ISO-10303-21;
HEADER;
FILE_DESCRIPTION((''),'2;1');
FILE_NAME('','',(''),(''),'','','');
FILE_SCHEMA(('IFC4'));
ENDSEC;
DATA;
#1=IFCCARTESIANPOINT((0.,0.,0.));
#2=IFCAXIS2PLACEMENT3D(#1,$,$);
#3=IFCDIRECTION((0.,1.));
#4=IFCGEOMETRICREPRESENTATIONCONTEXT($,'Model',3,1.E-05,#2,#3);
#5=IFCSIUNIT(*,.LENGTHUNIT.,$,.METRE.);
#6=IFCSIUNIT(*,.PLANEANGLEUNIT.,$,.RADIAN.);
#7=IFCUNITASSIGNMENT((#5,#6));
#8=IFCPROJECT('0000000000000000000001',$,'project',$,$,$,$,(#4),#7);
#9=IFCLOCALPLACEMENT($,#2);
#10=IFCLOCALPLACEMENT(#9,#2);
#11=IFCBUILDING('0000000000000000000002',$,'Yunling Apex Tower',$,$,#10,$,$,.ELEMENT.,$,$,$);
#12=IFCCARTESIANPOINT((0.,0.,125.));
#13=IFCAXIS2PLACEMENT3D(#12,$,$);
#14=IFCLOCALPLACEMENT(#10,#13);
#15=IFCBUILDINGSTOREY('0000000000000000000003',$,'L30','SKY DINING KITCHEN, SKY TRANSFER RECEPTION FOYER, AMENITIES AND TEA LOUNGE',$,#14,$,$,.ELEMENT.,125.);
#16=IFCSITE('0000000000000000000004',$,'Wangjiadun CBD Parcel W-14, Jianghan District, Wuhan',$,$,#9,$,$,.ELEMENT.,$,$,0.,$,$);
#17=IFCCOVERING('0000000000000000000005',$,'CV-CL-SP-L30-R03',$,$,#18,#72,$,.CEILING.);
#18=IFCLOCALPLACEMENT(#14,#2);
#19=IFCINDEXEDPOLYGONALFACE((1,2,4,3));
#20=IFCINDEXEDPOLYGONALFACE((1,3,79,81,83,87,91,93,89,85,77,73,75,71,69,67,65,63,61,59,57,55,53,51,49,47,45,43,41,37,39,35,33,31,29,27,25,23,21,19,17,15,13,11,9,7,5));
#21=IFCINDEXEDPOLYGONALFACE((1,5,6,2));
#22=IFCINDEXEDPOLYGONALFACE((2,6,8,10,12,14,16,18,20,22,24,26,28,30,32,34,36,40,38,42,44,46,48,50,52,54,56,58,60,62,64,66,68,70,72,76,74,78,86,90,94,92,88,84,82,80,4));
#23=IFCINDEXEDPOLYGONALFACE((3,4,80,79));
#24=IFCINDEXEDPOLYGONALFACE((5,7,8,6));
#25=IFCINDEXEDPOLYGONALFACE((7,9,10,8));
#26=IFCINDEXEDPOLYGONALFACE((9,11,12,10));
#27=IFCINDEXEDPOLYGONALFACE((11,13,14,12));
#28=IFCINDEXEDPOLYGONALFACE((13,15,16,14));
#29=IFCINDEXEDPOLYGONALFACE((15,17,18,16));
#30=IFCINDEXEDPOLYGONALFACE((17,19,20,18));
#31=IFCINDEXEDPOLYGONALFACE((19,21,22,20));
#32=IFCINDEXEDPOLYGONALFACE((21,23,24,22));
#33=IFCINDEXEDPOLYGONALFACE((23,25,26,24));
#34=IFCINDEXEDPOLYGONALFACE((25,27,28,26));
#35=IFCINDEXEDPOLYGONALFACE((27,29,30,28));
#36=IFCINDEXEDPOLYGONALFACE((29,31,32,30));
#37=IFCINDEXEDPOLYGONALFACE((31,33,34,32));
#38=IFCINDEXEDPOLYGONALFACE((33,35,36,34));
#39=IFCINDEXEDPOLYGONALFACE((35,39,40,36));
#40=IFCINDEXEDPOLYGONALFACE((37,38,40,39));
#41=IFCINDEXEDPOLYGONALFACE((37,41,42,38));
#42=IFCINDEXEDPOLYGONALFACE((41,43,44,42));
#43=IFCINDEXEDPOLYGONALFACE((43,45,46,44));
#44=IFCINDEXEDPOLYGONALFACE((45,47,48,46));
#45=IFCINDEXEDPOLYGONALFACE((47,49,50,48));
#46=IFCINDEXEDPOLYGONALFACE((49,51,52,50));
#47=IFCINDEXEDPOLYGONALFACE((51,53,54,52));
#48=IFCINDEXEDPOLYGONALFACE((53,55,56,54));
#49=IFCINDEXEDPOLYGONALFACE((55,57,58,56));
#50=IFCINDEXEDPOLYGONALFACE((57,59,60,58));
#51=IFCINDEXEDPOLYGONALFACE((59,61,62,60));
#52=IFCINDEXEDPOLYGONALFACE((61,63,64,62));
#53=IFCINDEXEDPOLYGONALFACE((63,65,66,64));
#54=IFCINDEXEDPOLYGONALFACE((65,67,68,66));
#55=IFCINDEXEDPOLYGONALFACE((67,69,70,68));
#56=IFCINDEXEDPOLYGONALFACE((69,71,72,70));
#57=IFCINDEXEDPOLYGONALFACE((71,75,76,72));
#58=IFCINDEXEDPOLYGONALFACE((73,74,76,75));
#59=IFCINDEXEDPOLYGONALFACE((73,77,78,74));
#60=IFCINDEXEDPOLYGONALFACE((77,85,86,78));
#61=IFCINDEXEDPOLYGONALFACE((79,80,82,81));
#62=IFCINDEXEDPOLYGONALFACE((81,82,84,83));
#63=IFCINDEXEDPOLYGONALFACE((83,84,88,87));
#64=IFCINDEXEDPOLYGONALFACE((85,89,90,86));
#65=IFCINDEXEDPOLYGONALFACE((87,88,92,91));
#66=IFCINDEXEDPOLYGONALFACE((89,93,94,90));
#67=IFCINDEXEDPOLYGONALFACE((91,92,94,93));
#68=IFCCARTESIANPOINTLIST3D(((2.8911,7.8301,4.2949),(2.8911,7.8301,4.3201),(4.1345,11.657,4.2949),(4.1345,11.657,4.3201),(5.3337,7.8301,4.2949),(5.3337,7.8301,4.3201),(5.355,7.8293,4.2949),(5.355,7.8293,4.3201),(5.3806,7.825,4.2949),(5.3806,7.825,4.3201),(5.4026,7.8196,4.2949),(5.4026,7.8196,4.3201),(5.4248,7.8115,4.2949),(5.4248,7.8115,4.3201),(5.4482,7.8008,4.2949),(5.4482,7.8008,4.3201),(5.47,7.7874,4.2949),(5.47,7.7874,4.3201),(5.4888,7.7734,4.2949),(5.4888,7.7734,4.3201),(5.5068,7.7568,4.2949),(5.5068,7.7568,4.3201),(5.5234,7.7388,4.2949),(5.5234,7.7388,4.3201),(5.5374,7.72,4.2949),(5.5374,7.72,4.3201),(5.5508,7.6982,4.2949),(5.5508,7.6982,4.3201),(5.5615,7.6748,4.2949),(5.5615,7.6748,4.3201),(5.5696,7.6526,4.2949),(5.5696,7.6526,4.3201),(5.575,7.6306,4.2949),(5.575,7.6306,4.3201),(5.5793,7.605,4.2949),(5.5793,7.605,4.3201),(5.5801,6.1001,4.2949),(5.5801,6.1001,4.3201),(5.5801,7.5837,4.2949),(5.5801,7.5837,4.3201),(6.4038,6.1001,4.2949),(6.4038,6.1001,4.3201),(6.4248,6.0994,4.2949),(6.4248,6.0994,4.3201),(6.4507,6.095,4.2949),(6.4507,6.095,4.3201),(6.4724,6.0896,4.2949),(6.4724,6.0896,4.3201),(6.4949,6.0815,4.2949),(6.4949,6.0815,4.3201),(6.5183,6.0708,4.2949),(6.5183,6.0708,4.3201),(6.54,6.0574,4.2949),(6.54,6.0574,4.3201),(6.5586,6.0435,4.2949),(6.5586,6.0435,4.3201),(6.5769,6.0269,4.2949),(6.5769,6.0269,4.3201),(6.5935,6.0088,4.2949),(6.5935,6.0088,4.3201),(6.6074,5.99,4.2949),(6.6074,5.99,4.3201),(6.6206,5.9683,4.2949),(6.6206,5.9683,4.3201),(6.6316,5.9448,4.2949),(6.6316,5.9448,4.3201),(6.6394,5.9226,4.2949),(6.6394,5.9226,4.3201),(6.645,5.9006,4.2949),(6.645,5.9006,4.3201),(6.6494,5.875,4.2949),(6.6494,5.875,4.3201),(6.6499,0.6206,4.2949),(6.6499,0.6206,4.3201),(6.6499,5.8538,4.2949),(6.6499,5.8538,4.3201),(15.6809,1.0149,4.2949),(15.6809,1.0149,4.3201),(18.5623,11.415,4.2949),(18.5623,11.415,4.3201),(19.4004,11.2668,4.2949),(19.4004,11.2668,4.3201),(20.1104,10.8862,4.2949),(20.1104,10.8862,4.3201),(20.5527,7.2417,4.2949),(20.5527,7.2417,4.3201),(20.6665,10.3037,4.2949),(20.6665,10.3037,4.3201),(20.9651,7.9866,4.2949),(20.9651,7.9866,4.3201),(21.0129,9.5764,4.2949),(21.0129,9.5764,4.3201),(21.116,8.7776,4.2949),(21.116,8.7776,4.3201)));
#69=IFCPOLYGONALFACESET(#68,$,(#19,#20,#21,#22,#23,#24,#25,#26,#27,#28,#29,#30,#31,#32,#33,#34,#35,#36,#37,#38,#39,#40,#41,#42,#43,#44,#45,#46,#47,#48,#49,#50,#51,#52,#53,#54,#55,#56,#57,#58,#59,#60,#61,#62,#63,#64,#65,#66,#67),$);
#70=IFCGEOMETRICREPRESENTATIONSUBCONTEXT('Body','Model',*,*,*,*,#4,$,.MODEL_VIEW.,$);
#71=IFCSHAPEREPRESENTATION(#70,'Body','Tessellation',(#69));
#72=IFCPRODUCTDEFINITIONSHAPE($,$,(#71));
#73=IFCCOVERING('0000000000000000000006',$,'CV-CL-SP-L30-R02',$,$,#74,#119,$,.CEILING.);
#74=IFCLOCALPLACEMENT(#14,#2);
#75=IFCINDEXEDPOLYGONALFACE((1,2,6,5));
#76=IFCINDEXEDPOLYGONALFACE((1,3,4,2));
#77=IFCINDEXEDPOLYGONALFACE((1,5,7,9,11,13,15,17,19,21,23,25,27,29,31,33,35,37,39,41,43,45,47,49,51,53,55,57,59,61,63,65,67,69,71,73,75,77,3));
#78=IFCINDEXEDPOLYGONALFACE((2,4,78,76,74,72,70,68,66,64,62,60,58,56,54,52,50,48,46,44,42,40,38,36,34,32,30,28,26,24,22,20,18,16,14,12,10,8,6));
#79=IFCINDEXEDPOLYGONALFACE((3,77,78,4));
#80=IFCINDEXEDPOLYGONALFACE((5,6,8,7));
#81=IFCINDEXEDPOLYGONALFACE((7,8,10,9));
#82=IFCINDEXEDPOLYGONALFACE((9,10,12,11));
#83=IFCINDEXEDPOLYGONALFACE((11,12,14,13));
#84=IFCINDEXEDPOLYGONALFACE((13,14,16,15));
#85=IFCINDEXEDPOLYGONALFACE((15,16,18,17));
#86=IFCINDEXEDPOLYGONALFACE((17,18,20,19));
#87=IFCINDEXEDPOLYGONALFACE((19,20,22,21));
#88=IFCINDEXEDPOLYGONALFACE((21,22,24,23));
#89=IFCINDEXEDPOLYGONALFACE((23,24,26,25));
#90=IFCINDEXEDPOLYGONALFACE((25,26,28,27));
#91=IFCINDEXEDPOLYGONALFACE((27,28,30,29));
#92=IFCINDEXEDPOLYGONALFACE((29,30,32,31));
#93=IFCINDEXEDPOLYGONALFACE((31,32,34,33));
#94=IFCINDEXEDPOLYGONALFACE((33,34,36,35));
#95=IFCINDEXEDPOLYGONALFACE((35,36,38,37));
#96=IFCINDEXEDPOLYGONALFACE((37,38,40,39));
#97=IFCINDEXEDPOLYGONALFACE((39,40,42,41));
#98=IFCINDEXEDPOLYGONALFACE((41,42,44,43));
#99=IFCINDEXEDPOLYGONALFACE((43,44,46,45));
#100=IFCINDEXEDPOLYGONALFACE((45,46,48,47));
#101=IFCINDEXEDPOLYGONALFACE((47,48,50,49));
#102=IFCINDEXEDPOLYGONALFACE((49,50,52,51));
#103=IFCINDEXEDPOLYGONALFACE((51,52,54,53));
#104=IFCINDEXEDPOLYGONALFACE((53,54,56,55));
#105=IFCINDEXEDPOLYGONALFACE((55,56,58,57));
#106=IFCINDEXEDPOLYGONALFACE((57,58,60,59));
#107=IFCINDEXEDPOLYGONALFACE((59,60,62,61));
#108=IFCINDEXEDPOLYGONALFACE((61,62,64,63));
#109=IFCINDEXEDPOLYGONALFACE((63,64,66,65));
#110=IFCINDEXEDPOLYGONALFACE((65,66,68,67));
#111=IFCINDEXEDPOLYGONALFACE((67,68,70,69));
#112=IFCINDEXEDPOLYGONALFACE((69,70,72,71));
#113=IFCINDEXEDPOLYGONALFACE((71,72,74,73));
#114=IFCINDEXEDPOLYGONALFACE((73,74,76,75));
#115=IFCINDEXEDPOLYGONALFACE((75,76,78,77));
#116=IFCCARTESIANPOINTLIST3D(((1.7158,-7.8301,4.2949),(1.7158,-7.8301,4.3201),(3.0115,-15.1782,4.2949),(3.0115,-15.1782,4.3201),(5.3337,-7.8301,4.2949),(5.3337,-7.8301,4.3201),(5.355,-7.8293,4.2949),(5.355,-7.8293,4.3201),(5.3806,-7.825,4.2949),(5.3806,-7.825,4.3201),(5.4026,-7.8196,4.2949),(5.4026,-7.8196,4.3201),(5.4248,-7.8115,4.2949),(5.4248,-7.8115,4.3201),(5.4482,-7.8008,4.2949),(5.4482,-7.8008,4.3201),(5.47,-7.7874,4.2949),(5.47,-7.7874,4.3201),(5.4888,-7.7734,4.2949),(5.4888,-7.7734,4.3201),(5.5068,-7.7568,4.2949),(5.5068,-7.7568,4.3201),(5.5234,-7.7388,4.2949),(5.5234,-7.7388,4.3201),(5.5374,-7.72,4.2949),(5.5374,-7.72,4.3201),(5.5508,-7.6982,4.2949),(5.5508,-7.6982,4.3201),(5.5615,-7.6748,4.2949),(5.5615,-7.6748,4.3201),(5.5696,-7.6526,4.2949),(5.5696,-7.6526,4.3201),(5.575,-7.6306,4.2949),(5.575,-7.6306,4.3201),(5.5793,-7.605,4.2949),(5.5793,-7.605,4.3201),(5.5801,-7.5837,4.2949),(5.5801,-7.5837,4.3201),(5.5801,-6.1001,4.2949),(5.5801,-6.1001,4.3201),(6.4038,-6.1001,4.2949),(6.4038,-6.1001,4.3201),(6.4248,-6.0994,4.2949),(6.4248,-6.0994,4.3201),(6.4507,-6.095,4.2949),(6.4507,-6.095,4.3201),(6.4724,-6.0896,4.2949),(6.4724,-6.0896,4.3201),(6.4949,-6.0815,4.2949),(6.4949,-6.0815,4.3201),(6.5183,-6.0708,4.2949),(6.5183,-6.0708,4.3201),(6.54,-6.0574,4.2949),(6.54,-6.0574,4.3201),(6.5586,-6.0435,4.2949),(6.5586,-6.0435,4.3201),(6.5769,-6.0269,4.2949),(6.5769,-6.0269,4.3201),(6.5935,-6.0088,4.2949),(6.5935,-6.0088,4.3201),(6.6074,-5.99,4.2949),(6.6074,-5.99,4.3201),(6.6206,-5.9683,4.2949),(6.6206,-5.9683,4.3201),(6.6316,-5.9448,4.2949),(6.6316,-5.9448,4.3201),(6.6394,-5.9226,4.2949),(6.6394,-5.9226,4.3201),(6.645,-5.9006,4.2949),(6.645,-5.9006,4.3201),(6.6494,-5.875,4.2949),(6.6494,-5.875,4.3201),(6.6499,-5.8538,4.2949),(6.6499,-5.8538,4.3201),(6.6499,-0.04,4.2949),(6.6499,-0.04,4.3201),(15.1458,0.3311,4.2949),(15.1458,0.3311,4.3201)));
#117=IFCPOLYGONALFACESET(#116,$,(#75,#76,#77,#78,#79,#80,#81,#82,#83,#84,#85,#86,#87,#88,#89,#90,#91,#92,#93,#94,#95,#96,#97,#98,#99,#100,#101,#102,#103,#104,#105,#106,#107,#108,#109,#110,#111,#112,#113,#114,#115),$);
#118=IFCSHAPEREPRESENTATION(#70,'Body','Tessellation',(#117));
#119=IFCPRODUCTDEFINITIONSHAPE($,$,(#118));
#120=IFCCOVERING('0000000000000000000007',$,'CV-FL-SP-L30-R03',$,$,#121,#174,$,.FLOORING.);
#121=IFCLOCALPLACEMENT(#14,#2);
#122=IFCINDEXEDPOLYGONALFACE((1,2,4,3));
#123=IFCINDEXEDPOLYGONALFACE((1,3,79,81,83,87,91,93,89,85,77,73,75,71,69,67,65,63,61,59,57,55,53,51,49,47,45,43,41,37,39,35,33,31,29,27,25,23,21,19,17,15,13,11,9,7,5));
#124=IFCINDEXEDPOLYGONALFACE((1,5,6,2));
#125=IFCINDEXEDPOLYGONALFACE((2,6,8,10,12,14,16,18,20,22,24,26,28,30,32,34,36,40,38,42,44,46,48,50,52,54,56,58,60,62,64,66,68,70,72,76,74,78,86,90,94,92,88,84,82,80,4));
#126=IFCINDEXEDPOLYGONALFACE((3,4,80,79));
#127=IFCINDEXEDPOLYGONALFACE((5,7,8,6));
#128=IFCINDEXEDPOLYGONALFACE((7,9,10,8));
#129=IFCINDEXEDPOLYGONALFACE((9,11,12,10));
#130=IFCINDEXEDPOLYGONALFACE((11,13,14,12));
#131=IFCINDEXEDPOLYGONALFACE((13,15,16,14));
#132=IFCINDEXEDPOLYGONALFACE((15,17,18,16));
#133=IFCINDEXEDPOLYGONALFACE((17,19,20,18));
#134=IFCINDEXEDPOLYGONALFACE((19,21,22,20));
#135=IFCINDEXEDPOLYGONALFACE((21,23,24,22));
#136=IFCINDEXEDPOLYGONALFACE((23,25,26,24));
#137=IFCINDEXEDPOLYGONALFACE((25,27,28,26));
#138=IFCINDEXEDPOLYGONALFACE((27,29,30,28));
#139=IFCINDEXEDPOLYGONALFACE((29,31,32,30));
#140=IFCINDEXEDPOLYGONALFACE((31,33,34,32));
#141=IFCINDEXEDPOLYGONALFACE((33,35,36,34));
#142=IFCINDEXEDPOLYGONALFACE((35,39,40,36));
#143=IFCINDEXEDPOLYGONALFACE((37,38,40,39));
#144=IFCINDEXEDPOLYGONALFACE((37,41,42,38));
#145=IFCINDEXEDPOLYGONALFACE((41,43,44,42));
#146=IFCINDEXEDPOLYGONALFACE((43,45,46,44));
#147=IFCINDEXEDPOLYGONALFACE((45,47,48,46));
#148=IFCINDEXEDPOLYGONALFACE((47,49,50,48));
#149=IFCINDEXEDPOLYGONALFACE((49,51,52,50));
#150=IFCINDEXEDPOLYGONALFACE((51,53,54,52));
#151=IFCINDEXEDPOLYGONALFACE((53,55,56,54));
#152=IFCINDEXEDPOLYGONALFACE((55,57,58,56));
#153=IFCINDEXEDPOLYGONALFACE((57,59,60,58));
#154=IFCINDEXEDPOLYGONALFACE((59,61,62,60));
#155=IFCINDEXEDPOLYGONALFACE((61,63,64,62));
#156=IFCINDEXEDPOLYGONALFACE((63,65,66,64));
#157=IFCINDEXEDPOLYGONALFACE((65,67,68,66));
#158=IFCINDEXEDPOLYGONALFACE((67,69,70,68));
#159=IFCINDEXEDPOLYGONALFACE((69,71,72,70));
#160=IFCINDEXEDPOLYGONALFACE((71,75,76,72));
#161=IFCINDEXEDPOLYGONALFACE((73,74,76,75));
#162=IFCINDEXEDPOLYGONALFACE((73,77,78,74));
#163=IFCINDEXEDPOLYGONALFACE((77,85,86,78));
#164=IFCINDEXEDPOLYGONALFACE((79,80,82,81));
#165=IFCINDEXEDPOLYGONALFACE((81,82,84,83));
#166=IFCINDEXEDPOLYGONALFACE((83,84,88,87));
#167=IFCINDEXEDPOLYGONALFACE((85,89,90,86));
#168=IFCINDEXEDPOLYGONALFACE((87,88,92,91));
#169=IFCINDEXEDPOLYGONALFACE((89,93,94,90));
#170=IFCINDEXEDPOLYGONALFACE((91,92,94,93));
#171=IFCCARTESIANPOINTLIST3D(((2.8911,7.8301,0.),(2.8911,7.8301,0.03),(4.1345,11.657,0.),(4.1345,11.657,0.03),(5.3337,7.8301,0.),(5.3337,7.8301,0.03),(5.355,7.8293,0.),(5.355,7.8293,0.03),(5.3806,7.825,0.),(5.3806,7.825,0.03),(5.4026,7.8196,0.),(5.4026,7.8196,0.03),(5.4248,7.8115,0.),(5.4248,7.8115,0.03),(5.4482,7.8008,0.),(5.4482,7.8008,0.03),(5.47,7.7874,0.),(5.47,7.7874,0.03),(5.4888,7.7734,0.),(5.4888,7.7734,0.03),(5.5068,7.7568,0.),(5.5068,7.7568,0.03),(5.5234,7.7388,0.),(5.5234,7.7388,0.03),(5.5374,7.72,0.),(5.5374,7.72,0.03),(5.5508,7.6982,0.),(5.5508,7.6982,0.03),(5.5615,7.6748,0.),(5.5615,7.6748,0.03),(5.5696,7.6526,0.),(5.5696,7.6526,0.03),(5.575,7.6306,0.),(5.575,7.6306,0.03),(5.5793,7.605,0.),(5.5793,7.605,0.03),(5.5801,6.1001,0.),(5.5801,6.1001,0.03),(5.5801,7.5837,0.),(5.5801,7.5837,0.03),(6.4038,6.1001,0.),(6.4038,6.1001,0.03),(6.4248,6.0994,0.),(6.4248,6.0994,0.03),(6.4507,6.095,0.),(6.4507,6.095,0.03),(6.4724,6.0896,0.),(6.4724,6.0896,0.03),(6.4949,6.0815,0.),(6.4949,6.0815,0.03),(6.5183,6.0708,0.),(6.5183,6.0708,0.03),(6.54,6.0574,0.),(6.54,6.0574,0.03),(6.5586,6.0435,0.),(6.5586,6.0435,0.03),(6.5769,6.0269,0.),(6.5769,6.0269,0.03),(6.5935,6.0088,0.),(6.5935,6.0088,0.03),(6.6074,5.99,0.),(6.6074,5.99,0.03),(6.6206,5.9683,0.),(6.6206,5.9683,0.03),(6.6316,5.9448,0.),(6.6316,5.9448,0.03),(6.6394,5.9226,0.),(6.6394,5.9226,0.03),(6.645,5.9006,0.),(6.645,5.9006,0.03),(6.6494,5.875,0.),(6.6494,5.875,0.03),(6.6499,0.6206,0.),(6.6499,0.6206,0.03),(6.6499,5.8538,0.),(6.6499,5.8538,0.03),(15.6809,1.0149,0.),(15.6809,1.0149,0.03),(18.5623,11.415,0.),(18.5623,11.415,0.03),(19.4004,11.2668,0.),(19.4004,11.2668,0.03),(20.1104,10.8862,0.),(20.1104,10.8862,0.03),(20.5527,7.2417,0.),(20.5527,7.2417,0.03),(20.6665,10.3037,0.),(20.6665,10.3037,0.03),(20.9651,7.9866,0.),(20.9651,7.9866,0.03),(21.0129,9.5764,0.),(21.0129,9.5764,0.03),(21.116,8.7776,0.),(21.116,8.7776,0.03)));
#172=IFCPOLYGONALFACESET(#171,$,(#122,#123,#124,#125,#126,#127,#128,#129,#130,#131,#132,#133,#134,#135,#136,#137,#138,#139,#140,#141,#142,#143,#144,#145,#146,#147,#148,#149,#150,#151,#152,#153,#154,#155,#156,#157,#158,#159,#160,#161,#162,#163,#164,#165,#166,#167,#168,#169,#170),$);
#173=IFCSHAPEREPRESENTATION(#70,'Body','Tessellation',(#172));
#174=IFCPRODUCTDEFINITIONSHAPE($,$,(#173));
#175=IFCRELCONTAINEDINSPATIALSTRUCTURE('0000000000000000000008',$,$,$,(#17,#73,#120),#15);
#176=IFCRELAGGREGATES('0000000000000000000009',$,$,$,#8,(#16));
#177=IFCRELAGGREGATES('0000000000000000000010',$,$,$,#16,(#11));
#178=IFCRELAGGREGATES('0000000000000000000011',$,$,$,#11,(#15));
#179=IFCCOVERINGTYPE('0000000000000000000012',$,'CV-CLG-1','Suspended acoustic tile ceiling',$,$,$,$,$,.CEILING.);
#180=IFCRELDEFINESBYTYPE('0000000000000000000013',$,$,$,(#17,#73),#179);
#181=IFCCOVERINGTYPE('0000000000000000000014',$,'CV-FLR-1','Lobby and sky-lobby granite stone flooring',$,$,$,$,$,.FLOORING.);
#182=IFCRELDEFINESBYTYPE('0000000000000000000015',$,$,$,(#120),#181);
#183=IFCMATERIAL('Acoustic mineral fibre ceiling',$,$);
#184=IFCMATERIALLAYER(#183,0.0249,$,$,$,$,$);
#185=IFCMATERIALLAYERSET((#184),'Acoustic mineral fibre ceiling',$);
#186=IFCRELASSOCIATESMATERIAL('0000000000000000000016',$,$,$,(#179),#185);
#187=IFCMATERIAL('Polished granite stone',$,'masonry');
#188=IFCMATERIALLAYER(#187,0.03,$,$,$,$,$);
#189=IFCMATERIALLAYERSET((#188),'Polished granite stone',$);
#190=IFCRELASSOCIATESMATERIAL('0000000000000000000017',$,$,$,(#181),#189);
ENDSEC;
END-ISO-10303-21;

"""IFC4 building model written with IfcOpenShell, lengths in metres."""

from ifc_helpers import new_model, si_unit, direction, frame, origin, place, context, subcontext, project, spatial, polyline, outline, extrude, material, layer, layer_set, type_object, element, save


model = new_model("IFC4")

# Units and contexts
model_context = context("Model", 3, precision=1e-05, world=origin(), true_north=direction((0.0, 1.0)))
body_context = subcontext(model_context, "Body", "Model", "MODEL_VIEW")
ifc_project = project(units=[si_unit("LENGTHUNIT", "METRE"), si_unit("PLANEANGLEUNIT", "RADIAN")], contexts=[model_context])

# Site, building, storey
site_placement = place(None, origin())
site = spatial("IfcSite", under=ifc_project, at=site_placement, Name="Wangjiadun CBD Parcel W-14, Jianghan District, Wuhan", CompositionType="ELEMENT", RefElevation=0.0)
building_placement = place(site_placement, origin())
building = spatial("IfcBuilding", under=site, at=building_placement, Name="Yunling Apex Tower", CompositionType="ELEMENT")
storey_placement = place(building_placement, frame((0.0, 0.0, 125.0)))
storey = spatial("IfcBuildingStorey", under=building, at=storey_placement, Name="L30", Description="SKY DINING KITCHEN, SKY TRANSFER RECEPTION FOYER, AMENITIES AND TEA LOUNGE", CompositionType="ELEMENT", Elevation=125.0)

# Coverings
ifc_material_1 = material(Name="Acoustic mineral fibre ceiling")
ifc_layer_1 = layer(ifc_material_1, 0.0249)
ifc_layer_set_1 = layer_set([ifc_layer_1], Name="Acoustic mineral fibre ceiling")
covering_type_1 = type_object("IfcCoveringType", Name="CV-CLG-1", Description="Suspended acoustic tile ceiling", PredefinedType="CEILING", material=ifc_layer_set_1)
covering_1_placement = place(storey_placement, frame((0.0, 0.0, 4.2949)))
element("IfcCovering", 1, at=covering_1_placement, inside=storey, type_object=covering_type_1, Name="CV-CL-SP-L30-R03", PredefinedType="CEILING", context=body_context, shape_type="SweptSolid", body=[
    extrude(outline(polyline([(4.1345, 11.657), (18.5623, 11.415), (19.4004, 11.2668), (20.1104, 10.8862), (20.6665, 10.3037), (21.0129, 9.5764), (21.116, 8.7776), (20.9651, 7.9866), (20.5527, 7.2417), (15.6809, 1.0149), (6.6499, 0.6206), (6.6499, 5.8538), (6.6494, 5.875), (6.645, 5.9006), (6.6394, 5.9226), (6.6316, 5.9448), (6.6206, 5.9683), (6.6074, 5.99), (6.5935, 6.0088), (6.5769, 6.0269), (6.5586, 6.0435), (6.54, 6.0574), (6.5183, 6.0708), (6.4949, 6.0815), (6.4724, 6.0896), (6.4507, 6.095), (6.4248, 6.0994), (6.4038, 6.1001), (5.5801, 6.1001), (5.5801, 7.5837), (5.5793, 7.605), (5.575, 7.6306), (5.5696, 7.6526), (5.5615, 7.6748), (5.5508, 7.6982), (5.5374, 7.72), (5.5234, 7.7388), (5.5068, 7.7568), (5.4888, 7.7734), (5.47, 7.7874), (5.4482, 7.8008), (5.4248, 7.8115), (5.4026, 7.8196), (5.3806, 7.825), (5.355, 7.8293), (5.3337, 7.8301), (2.8911, 7.8301), (4.1345, 11.657)])), origin(), (0.0, 0.0, 1.0), 0.0251),
])
covering_2_placement = place(storey_placement, frame((0.0, 0.0, 4.2949)))
element("IfcCovering", 2, at=covering_2_placement, inside=storey, type_object=covering_type_1, Name="CV-CL-SP-L30-R02", PredefinedType="CEILING", context=body_context, shape_type="SweptSolid", body=[
    extrude(outline(polyline([(15.1458, 0.3311), (3.0115, -15.1782), (1.7158, -7.8301), (5.3337, -7.8301), (5.355, -7.8293), (5.3806, -7.825), (5.4026, -7.8196), (5.4248, -7.8115), (5.4482, -7.8008), (5.47, -7.7874), (5.4888, -7.7734), (5.5068, -7.7568), (5.5234, -7.7388), (5.5374, -7.72), (5.5508, -7.6982), (5.5615, -7.6748), (5.5696, -7.6526), (5.575, -7.6306), (5.5793, -7.605), (5.5801, -7.5837), (5.5801, -6.1001), (6.4038, -6.1001), (6.4248, -6.0994), (6.4507, -6.095), (6.4724, -6.0896), (6.4949, -6.0815), (6.5183, -6.0708), (6.54, -6.0574), (6.5586, -6.0435), (6.5769, -6.0269), (6.5935, -6.0088), (6.6074, -5.99), (6.6206, -5.9683), (6.6316, -5.9448), (6.6394, -5.9226), (6.645, -5.9006), (6.6494, -5.875), (6.6499, -5.8538), (6.6499, -0.04), (15.1458, 0.3311)])), origin(), (0.0, 0.0, 1.0), 0.0251),
])
ifc_material_2 = material(Name="Polished granite stone", Category="masonry")
ifc_layer_2 = layer(ifc_material_2, 0.03)
ifc_layer_set_2 = layer_set([ifc_layer_2], Name="Polished granite stone")
covering_type_2 = type_object("IfcCoveringType", Name="CV-FLR-1", Description="Lobby and sky-lobby granite stone flooring", PredefinedType="FLOORING", material=ifc_layer_set_2)
covering_3_placement = place(storey_placement, origin())
element("IfcCovering", 3, at=covering_3_placement, inside=storey, type_object=covering_type_2, Name="CV-FL-SP-L30-R03", PredefinedType="FLOORING", context=body_context, shape_type="SweptSolid", body=[
    extrude(outline(polyline([(4.1345, 11.657), (18.5623, 11.415), (19.4004, 11.2668), (20.1104, 10.8862), (20.6665, 10.3037), (21.0129, 9.5764), (21.116, 8.7776), (20.9651, 7.9866), (20.5527, 7.2417), (15.6809, 1.0149), (6.6499, 0.6206), (6.6499, 5.8538), (6.6494, 5.875), (6.645, 5.9006), (6.6394, 5.9226), (6.6316, 5.9448), (6.6206, 5.9683), (6.6074, 5.99), (6.5935, 6.0088), (6.5769, 6.0269), (6.5586, 6.0435), (6.54, 6.0574), (6.5183, 6.0708), (6.4949, 6.0815), (6.4724, 6.0896), (6.4507, 6.095), (6.4248, 6.0994), (6.4038, 6.1001), (5.5801, 6.1001), (5.5801, 7.5837), (5.5793, 7.605), (5.575, 7.6306), (5.5696, 7.6526), (5.5615, 7.6748), (5.5508, 7.6982), (5.5374, 7.72), (5.5234, 7.7388), (5.5068, 7.7568), (5.4888, 7.7734), (5.47, 7.7874), (5.4482, 7.8008), (5.4248, 7.8115), (5.4026, 7.8196), (5.3806, 7.825), (5.355, 7.8293), (5.3337, 7.8301), (2.8911, 7.8301), (4.1345, 11.657)])), origin(), (0.0, 0.0, 1.0), 0.03),
])

save(model, "model.ifc")
